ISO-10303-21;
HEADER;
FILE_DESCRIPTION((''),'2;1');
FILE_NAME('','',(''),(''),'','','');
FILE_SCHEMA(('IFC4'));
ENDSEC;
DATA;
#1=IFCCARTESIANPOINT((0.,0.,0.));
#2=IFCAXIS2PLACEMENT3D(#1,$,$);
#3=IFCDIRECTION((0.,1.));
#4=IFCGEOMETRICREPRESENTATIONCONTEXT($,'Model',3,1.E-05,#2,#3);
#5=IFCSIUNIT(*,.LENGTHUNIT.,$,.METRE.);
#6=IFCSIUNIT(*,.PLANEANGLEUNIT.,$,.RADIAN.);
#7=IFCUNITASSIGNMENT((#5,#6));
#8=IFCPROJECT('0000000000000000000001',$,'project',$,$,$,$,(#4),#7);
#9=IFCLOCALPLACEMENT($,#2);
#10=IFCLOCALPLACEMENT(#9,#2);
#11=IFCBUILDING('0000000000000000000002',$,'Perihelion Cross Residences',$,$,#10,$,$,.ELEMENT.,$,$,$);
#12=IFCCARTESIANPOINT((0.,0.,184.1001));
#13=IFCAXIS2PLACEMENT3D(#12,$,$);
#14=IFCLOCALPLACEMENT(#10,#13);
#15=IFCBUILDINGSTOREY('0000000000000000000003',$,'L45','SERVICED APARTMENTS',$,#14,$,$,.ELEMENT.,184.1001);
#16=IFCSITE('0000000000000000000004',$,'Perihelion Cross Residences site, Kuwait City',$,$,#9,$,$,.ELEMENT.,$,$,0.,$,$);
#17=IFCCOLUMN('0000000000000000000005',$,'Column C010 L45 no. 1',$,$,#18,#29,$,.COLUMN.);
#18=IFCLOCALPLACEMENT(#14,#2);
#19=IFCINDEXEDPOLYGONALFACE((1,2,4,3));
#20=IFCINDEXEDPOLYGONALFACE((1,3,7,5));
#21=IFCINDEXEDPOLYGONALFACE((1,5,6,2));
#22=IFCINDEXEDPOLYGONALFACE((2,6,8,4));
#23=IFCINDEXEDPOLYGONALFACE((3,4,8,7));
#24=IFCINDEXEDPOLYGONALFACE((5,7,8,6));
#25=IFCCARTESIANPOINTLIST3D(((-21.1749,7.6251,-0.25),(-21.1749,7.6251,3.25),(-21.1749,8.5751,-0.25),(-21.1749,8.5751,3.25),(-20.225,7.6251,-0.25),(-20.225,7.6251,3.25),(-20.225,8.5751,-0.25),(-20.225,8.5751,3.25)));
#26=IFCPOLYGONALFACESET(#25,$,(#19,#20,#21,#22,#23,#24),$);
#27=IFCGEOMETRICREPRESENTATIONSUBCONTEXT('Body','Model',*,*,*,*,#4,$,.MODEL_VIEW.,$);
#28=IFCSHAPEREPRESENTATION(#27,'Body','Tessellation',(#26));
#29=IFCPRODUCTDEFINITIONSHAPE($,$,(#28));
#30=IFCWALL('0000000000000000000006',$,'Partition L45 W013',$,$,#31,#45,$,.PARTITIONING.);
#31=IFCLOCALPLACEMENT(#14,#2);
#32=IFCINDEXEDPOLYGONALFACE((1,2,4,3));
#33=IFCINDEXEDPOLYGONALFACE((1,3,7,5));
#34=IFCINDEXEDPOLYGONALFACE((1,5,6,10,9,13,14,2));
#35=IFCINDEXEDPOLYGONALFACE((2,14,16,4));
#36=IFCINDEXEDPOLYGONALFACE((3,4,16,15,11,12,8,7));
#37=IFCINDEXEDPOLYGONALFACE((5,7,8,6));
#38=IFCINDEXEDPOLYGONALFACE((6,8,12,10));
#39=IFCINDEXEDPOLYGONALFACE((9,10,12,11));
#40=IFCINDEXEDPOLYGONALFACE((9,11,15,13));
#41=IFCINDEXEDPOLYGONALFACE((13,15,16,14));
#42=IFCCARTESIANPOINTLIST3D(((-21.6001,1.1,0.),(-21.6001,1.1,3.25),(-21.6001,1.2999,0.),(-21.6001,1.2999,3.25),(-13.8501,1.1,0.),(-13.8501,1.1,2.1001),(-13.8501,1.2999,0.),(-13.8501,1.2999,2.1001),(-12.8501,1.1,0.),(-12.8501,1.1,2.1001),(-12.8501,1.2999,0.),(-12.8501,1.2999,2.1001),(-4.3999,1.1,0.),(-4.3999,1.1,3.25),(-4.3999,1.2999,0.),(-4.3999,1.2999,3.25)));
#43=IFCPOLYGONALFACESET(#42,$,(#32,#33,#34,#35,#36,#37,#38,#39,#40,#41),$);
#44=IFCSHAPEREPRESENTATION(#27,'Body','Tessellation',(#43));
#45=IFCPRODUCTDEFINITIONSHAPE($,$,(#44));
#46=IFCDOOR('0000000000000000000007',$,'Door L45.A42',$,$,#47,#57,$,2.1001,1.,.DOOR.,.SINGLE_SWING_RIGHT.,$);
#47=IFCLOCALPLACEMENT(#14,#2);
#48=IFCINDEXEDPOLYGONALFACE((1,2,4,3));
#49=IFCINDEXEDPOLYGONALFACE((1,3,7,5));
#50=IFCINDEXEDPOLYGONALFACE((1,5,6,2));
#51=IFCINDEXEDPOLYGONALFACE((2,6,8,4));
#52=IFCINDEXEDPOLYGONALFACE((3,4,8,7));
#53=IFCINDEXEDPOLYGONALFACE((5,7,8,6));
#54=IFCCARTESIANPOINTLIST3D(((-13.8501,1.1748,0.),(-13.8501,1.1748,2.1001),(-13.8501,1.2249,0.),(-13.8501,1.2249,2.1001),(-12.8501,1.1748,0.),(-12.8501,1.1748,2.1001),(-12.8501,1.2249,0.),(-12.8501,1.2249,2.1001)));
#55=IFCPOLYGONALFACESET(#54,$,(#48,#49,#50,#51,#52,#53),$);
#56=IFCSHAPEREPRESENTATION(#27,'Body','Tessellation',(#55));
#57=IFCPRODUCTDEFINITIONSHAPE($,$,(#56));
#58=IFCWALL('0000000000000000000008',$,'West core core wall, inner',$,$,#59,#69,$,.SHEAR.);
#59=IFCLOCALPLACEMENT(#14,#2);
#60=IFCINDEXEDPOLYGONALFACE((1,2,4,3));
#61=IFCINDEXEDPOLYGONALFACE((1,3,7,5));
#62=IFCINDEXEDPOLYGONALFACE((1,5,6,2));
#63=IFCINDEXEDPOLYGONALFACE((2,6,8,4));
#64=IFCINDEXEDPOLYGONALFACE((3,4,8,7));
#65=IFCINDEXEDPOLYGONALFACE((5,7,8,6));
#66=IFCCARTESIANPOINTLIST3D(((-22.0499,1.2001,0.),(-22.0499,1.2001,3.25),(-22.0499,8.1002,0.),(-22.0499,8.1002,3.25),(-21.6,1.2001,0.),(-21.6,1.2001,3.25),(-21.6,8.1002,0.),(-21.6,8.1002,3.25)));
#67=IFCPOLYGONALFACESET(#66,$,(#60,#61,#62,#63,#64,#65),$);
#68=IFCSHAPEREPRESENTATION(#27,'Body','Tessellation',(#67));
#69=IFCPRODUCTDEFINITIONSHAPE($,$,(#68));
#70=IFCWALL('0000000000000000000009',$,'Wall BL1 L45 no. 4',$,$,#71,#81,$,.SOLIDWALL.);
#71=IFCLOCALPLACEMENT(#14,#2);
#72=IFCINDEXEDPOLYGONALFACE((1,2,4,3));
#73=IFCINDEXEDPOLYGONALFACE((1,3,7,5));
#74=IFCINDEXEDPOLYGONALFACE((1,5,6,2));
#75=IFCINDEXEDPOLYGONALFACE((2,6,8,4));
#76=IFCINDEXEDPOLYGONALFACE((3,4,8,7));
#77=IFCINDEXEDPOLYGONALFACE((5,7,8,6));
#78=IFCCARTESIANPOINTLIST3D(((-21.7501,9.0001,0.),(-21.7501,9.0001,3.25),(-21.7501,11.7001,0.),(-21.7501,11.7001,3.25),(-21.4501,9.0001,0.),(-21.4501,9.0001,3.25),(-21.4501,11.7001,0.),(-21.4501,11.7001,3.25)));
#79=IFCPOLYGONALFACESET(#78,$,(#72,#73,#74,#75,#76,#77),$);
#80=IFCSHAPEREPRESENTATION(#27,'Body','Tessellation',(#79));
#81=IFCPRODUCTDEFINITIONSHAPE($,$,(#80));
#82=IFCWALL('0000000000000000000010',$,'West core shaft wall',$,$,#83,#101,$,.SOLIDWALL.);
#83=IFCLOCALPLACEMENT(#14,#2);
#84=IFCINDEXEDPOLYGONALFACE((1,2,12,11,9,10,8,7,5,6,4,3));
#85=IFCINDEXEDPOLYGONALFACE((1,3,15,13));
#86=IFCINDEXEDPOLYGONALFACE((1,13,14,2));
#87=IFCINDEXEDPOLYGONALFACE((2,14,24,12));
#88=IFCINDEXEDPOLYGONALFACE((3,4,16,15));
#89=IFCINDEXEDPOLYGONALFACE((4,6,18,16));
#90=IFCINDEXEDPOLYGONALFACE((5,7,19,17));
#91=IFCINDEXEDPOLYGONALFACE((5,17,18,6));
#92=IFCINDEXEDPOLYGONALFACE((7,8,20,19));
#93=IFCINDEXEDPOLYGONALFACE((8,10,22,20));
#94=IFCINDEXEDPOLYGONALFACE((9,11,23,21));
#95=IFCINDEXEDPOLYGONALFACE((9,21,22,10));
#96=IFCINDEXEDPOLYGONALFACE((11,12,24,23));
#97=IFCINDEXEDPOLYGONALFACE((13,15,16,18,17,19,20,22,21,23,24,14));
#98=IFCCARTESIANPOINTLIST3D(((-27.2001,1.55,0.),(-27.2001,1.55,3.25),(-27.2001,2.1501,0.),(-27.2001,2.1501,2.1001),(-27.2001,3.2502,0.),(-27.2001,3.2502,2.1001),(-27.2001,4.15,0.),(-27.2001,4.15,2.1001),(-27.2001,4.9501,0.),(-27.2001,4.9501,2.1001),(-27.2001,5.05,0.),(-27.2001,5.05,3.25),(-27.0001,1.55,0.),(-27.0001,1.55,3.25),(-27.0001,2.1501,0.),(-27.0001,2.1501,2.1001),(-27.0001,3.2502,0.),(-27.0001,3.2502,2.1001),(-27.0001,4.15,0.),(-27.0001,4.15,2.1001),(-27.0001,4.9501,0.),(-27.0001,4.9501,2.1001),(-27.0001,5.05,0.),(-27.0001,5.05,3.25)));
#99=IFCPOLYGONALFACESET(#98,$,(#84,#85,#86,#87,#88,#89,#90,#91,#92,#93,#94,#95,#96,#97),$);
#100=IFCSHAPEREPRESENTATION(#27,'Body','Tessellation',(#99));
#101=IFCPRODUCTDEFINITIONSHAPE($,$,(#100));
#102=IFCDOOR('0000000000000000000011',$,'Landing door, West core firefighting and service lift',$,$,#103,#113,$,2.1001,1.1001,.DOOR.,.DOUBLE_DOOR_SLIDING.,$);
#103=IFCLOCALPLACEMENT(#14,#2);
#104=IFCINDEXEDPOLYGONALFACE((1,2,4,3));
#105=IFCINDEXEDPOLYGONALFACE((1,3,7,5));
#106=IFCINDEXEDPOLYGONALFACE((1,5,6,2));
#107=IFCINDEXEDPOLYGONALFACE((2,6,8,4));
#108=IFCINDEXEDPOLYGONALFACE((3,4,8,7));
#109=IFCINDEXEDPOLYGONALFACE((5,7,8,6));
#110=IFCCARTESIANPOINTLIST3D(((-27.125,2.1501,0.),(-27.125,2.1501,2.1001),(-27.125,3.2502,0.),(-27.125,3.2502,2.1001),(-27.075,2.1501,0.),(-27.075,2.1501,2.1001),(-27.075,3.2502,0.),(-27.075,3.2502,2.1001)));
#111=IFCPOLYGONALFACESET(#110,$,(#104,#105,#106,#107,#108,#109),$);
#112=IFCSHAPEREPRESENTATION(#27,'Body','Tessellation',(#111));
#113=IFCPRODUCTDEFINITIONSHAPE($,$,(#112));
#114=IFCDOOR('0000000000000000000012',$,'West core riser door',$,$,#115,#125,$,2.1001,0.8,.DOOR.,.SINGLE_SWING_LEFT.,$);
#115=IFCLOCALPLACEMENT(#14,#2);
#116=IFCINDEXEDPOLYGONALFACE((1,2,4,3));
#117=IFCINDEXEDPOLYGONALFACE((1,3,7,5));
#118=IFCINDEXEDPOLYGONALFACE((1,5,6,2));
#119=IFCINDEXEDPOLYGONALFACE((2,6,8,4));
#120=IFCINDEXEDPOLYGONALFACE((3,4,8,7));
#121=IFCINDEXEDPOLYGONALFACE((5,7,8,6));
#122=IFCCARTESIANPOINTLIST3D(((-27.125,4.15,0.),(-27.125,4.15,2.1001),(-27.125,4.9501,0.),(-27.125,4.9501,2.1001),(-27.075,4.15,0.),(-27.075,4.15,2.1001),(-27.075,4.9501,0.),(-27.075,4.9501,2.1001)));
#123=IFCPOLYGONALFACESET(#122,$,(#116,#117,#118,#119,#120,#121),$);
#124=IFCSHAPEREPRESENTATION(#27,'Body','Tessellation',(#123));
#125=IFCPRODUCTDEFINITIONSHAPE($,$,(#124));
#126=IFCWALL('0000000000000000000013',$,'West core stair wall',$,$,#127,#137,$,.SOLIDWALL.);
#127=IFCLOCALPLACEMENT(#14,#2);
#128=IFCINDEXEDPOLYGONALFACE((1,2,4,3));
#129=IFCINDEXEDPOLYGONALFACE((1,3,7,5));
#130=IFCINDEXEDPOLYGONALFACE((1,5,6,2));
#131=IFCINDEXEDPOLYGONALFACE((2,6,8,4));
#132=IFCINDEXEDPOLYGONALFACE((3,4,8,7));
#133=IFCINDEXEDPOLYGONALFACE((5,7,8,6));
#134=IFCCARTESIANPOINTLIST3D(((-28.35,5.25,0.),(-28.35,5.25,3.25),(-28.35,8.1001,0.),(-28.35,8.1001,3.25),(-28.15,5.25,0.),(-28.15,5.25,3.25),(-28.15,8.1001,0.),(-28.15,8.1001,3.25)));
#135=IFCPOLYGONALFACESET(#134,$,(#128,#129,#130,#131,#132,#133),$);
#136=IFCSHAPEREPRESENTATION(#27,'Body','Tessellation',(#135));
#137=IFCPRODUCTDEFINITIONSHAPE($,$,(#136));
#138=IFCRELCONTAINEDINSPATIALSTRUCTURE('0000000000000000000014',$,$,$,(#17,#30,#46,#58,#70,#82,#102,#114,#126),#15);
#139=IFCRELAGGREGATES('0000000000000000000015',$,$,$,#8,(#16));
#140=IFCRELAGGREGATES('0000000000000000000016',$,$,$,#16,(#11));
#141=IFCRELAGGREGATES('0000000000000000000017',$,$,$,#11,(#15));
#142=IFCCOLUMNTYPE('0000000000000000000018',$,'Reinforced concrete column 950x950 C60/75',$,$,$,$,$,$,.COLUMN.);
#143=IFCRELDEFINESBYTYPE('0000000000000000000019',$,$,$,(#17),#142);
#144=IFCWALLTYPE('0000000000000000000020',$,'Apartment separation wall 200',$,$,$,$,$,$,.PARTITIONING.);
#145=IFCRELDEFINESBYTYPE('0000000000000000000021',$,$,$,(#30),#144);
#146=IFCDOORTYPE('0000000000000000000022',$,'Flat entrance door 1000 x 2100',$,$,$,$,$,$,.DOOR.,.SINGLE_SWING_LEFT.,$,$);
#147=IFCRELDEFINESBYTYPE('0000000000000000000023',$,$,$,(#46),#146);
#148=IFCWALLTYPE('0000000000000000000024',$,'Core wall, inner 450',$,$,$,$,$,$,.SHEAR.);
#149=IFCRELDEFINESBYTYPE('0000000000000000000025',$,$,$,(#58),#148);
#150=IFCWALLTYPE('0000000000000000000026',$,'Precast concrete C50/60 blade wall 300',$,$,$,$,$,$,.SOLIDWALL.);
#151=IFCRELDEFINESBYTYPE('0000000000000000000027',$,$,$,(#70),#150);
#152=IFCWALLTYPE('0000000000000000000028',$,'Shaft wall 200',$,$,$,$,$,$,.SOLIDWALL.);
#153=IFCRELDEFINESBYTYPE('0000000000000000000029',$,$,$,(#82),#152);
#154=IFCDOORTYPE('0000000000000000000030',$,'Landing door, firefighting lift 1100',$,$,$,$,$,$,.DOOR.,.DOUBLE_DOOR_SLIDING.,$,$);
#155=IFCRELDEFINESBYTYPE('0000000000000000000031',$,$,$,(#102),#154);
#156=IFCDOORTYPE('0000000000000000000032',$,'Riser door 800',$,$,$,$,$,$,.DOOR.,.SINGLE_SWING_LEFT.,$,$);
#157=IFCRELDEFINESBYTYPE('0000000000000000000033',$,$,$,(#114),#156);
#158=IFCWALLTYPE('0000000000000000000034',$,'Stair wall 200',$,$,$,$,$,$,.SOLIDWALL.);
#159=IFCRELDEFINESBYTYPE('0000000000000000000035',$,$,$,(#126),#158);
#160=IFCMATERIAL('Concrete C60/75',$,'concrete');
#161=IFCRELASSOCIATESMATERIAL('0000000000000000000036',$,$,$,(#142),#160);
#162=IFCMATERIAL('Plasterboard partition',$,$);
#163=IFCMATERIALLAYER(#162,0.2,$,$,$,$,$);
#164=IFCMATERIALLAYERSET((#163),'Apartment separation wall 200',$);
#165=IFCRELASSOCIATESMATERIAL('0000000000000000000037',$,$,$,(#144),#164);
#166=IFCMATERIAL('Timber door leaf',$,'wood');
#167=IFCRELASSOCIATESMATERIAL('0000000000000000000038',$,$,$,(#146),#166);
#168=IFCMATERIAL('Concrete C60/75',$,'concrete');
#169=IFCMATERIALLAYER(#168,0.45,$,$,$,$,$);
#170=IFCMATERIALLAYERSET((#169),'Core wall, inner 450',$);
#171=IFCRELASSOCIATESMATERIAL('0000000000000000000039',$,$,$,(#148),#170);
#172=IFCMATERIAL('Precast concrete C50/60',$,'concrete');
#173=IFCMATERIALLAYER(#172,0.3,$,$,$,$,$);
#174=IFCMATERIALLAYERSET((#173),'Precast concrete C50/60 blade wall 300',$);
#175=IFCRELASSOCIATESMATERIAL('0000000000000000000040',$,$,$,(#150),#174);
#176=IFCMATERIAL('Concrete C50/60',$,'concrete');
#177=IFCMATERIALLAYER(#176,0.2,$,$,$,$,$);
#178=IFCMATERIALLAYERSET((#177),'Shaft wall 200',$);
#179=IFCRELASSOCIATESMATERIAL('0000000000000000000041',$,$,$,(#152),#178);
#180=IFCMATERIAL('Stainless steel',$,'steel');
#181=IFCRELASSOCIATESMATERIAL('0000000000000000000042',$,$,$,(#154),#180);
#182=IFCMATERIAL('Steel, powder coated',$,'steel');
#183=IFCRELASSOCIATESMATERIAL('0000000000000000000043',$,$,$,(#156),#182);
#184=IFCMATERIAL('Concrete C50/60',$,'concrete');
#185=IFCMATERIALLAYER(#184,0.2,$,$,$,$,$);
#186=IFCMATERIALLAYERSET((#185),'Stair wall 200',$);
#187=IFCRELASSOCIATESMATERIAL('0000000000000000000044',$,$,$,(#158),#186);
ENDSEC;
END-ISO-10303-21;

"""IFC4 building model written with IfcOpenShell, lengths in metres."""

from ifc_helpers import new_model, si_unit, direction, frame, frame_2d, origin, origin_2d, place, context, subcontext, project, spatial, rectangle, extrude, material, layer, layer_set, material_profile, profile_set, type_object, element, fill, save


model = new_model("IFC4")

# Units and contexts
model_context = context("Model", 3, precision=1e-05, world=origin(), true_north=direction((0.0, 1.0)))
body_context = subcontext(model_context, "Body", "Model", "MODEL_VIEW")
ifc_project = project(units=[si_unit("LENGTHUNIT", "METRE"), si_unit("PLANEANGLEUNIT", "RADIAN")], contexts=[model_context])

# Site, building, storey
site_placement = place(None, origin())
site = spatial("IfcSite", under=ifc_project, at=site_placement, Name="Perihelion Cross Residences site, Kuwait City", CompositionType="ELEMENT", RefElevation=0.0)
building_placement = place(site_placement, origin())
building = spatial("IfcBuilding", under=site, at=building_placement, Name="Perihelion Cross Residences", CompositionType="ELEMENT")
storey_placement = place(building_placement, frame((0.0, 0.0, 184.1001)))
storey = spatial("IfcBuildingStorey", under=building, at=storey_placement, Name="L45", Description="SERVICED APARTMENTS", CompositionType="ELEMENT", Elevation=184.1001)

# Column
ifc_material_1 = material(Name="Concrete C60/75", Category="concrete")
ifc_material_profile = material_profile(ifc_material_1, rectangle(XDim=0.95, YDim=0.95, at=origin_2d()), Name="RC 950x950")
ifc_profile_set = profile_set([ifc_material_profile], Name="Concrete C60/75")
column_type = type_object("IfcColumnType", Name="Reinforced concrete column 950x950 C60/75", PredefinedType="COLUMN", material=ifc_profile_set)
column_placement = place(storey_placement, frame((-20.7, 8.1001, -0.25), z_axis=(0.0, 0.0, 1.0), x_axis=(1.0, 0.0, 0.0)))
element("IfcColumn", 1, at=column_placement, inside=storey, type_object=column_type, Name="Column C010 L45 no. 1", PredefinedType="COLUMN", context=body_context, shape_type="SweptSolid", body=[
    extrude(rectangle(XDim=0.95, YDim=0.95, at=origin_2d()), origin(), (0.0, 0.0, 1.0), 3.5),
])

# Wall, opening, door
ifc_material_2 = material(Name="Plasterboard partition")
ifc_layer_1 = layer(ifc_material_2, 0.2)
ifc_layer_set_1 = layer_set([ifc_layer_1], Name="Apartment separation wall 200")
wall_type_1 = type_object("IfcWallType", Name="Apartment separation wall 200", PredefinedType="PARTITIONING", material=ifc_layer_set_1)
wall_1_placement = place(storey_placement, frame((-21.6001, 1.2, 0.0), z_axis=(0.0, 0.0, 1.0), x_axis=(1.0, 0.0, 0.0)))
wall_1 = element("IfcWall", 2, at=wall_1_placement, inside=storey, type_object=wall_type_1, Name="Partition L45 W013", PredefinedType="PARTITIONING", context=body_context, shape_type="SweptSolid", body=[
    extrude(rectangle(XDim=17.2002, YDim=0.2, at=frame_2d((8.6001, 0.0))), origin(), (0.0, 0.0, 1.0), 3.25),
])
opening_1_placement = place(wall_1_placement, frame((7.75, 0.0, 0.0)))
opening_1 = element("IfcOpeningElement", 3, at=opening_1_placement, cuts=wall_1, PredefinedType="OPENING", context=body_context, shape_type="SweptSolid", body=[
    extrude(rectangle(XDim=1.0, YDim=2.1001, at=frame_2d((0.5, 1.05))), frame((0.0, 0.1099, 0.0), z_axis=(0.0, -1.0, 0.0), x_axis=(1.0, 0.0, 0.0)), (0.0, 0.0, 1.0), 0.22),
])
ifc_material_3 = material(Name="Timber door leaf", Category="wood")
door_type_1 = type_object("IfcDoorType", Name="Flat entrance door 1000 x 2100", OperationType="SINGLE_SWING_LEFT", PredefinedType="DOOR", material=ifc_material_3)
door_1_placement = place(opening_1_placement, origin())
door_1 = element("IfcDoor", 4, at=door_1_placement, inside=storey, type_object=door_type_1, Name="Door L45.A42", OperationType="SINGLE_SWING_RIGHT", OverallHeight=2.1001, OverallWidth=1.0, PredefinedType="DOOR", context=body_context, shape_type="SweptSolid", body=[
    extrude(rectangle(XDim=1.0, YDim=2.1001, at=frame_2d((0.5, 1.05))), frame((0.0, 0.0249, 0.0), z_axis=(0.0, -1.0, 0.0), x_axis=(1.0, 0.0, 0.0)), (0.0, 0.0, 1.0), 0.05),
])
fill(opening_1, door_1)

# Walls
ifc_material_4 = material(Name="Concrete C60/75", Category="concrete")
ifc_layer_2 = layer(ifc_material_4, 0.45)
ifc_layer_set_2 = layer_set([ifc_layer_2], Name="Core wall, inner 450")
wall_type_2 = type_object("IfcWallType", Name="Core wall, inner 450", PredefinedType="SHEAR", material=ifc_layer_set_2)
wall_2_placement = place(storey_placement, frame((-21.825, 1.2, 0.0), z_axis=(0.0, 0.0, 1.0), x_axis=(0.0, 1.0, 0.0)))
element("IfcWall", 5, at=wall_2_placement, inside=storey, type_object=wall_type_2, Name="West core core wall, inner", PredefinedType="SHEAR", context=body_context, shape_type="SweptSolid", body=[
    extrude(rectangle(XDim=6.9001, YDim=0.45, at=frame_2d((3.4502, 0.0))), origin(), (0.0, 0.0, 1.0), 3.25),
])
ifc_material_5 = material(Name="Precast concrete C50/60", Category="concrete")
ifc_layer_3 = layer(ifc_material_5, 0.3)
ifc_layer_set_3 = layer_set([ifc_layer_3], Name="Precast concrete C50/60 blade wall 300")
wall_type_3 = type_object("IfcWallType", Name="Precast concrete C50/60 blade wall 300", PredefinedType="SOLIDWALL", material=ifc_layer_set_3)
wall_3_placement = place(storey_placement, frame((-21.6001, 9.0, 0.0), z_axis=(0.0, 0.0, 1.0), x_axis=(0.0, 1.0, 0.0)))
element("IfcWall", 6, at=wall_3_placement, inside=storey, type_object=wall_type_3, Name="Wall BL1 L45 no. 4", PredefinedType="SOLIDWALL", context=body_context, shape_type="SweptSolid", body=[
    extrude(rectangle(XDim=2.7, YDim=0.3, at=frame_2d((1.3501, 0.0))), origin(), (0.0, 0.0, 1.0), 3.25),
])

# Wall, openings, doors
ifc_material_6 = material(Name="Concrete C50/60", Category="concrete")
ifc_layer_4 = layer(ifc_material_6, 0.2)
ifc_layer_set_4 = layer_set([ifc_layer_4], Name="Shaft wall 200")
wall_type_4 = type_object("IfcWallType", Name="Shaft wall 200", PredefinedType="SOLIDWALL", material=ifc_layer_set_4)
wall_4_placement = place(storey_placement, frame((-27.1001, 1.55, 0.0), z_axis=(0.0, 0.0, 1.0), x_axis=(0.0, 1.0, 0.0)))
wall_4 = element("IfcWall", 7, at=wall_4_placement, inside=storey, type_object=wall_type_4, Name="West core shaft wall", PredefinedType="SOLIDWALL", context=body_context, shape_type="SweptSolid", body=[
    extrude(rectangle(XDim=3.5, YDim=0.2, at=frame_2d((1.75, 0.0))), origin(), (0.0, 0.0, 1.0), 3.25),
])
opening_2_placement = place(wall_4_placement, frame((0.6001, 0.0, 0.0)))
opening_2 = element("IfcOpeningElement", 8, at=opening_2_placement, cuts=wall_4, PredefinedType="OPENING", context=body_context, shape_type="SweptSolid", body=[
    extrude(rectangle(XDim=1.1001, YDim=2.1001, at=frame_2d((0.55, 1.05))), frame((0.0, 0.1099, 0.0), z_axis=(0.0, -1.0, 0.0), x_axis=(1.0, 0.0, 0.0)), (0.0, 0.0, 1.0), 0.22),
])
opening_3_placement = place(wall_4_placement, frame((2.6001, 0.0, 0.0)))
opening_3 = element("IfcOpeningElement", 9, at=opening_3_placement, cuts=wall_4, PredefinedType="OPENING", context=body_context, shape_type="SweptSolid", body=[
    extrude(rectangle(XDim=0.8, YDim=2.1001, at=frame_2d((0.3999, 1.05))), frame((0.0, 0.1099, 0.0), z_axis=(0.0, -1.0, 0.0), x_axis=(1.0, 0.0, 0.0)), (0.0, 0.0, 1.0), 0.22),
])
ifc_material_7 = material(Name="Stainless steel", Category="steel")
door_type_2 = type_object("IfcDoorType", Name="Landing door, firefighting lift 1100", OperationType="DOUBLE_DOOR_SLIDING", PredefinedType="DOOR", material=ifc_material_7)
door_2_placement = place(opening_2_placement, origin())
door_2 = element("IfcDoor", 10, at=door_2_placement, inside=storey, type_object=door_type_2, Name="Landing door, West core firefighting and service lift", OperationType="DOUBLE_DOOR_SLIDING", OverallHeight=2.1001, OverallWidth=1.1001, PredefinedType="DOOR", context=body_context, shape_type="SweptSolid", body=[
    extrude(rectangle(XDim=1.1001, YDim=2.1001, at=frame_2d((0.55, 1.05))), frame((0.0, 0.0249, 0.0), z_axis=(0.0, -1.0, 0.0), x_axis=(1.0, 0.0, 0.0)), (0.0, 0.0, 1.0), 0.05),
])
fill(opening_2, door_2)
ifc_material_8 = material(Name="Steel, powder coated", Category="steel")
door_type_3 = type_object("IfcDoorType", Name="Riser door 800", OperationType="SINGLE_SWING_LEFT", PredefinedType="DOOR", material=ifc_material_8)
door_3_placement = place(opening_3_placement, origin())
door_3 = element("IfcDoor", 11, at=door_3_placement, inside=storey, type_object=door_type_3, Name="West core riser door", OperationType="SINGLE_SWING_LEFT", OverallHeight=2.1001, OverallWidth=0.8, PredefinedType="DOOR", context=body_context, shape_type="SweptSolid", body=[
    extrude(rectangle(XDim=0.8, YDim=2.1001, at=frame_2d((0.3999, 1.05))), frame((0.0, 0.0249, 0.0), z_axis=(0.0, -1.0, 0.0), x_axis=(1.0, 0.0, 0.0)), (0.0, 0.0, 1.0), 0.05),
])
fill(opening_3, door_3)

# Wall
ifc_material_9 = material(Name="Concrete C50/60", Category="concrete")
ifc_layer_5 = layer(ifc_material_9, 0.2)
ifc_layer_set_5 = layer_set([ifc_layer_5], Name="Stair wall 200")
wall_type_5 = type_object("IfcWallType", Name="Stair wall 200", PredefinedType="SOLIDWALL", material=ifc_layer_set_5)
wall_5_placement = place(storey_placement, frame((-28.25, 5.25, 0.0), z_axis=(0.0, 0.0, 1.0), x_axis=(0.0, 1.0, 0.0)))
element("IfcWall", 12, at=wall_5_placement, inside=storey, type_object=wall_type_5, Name="West core stair wall", PredefinedType="SOLIDWALL", context=body_context, shape_type="SweptSolid", body=[
    extrude(rectangle(XDim=2.8501, YDim=0.2, at=frame_2d((1.425, 0.0))), origin(), (0.0, 0.0, 1.0), 3.25),
])

save(model, "model.ifc")
